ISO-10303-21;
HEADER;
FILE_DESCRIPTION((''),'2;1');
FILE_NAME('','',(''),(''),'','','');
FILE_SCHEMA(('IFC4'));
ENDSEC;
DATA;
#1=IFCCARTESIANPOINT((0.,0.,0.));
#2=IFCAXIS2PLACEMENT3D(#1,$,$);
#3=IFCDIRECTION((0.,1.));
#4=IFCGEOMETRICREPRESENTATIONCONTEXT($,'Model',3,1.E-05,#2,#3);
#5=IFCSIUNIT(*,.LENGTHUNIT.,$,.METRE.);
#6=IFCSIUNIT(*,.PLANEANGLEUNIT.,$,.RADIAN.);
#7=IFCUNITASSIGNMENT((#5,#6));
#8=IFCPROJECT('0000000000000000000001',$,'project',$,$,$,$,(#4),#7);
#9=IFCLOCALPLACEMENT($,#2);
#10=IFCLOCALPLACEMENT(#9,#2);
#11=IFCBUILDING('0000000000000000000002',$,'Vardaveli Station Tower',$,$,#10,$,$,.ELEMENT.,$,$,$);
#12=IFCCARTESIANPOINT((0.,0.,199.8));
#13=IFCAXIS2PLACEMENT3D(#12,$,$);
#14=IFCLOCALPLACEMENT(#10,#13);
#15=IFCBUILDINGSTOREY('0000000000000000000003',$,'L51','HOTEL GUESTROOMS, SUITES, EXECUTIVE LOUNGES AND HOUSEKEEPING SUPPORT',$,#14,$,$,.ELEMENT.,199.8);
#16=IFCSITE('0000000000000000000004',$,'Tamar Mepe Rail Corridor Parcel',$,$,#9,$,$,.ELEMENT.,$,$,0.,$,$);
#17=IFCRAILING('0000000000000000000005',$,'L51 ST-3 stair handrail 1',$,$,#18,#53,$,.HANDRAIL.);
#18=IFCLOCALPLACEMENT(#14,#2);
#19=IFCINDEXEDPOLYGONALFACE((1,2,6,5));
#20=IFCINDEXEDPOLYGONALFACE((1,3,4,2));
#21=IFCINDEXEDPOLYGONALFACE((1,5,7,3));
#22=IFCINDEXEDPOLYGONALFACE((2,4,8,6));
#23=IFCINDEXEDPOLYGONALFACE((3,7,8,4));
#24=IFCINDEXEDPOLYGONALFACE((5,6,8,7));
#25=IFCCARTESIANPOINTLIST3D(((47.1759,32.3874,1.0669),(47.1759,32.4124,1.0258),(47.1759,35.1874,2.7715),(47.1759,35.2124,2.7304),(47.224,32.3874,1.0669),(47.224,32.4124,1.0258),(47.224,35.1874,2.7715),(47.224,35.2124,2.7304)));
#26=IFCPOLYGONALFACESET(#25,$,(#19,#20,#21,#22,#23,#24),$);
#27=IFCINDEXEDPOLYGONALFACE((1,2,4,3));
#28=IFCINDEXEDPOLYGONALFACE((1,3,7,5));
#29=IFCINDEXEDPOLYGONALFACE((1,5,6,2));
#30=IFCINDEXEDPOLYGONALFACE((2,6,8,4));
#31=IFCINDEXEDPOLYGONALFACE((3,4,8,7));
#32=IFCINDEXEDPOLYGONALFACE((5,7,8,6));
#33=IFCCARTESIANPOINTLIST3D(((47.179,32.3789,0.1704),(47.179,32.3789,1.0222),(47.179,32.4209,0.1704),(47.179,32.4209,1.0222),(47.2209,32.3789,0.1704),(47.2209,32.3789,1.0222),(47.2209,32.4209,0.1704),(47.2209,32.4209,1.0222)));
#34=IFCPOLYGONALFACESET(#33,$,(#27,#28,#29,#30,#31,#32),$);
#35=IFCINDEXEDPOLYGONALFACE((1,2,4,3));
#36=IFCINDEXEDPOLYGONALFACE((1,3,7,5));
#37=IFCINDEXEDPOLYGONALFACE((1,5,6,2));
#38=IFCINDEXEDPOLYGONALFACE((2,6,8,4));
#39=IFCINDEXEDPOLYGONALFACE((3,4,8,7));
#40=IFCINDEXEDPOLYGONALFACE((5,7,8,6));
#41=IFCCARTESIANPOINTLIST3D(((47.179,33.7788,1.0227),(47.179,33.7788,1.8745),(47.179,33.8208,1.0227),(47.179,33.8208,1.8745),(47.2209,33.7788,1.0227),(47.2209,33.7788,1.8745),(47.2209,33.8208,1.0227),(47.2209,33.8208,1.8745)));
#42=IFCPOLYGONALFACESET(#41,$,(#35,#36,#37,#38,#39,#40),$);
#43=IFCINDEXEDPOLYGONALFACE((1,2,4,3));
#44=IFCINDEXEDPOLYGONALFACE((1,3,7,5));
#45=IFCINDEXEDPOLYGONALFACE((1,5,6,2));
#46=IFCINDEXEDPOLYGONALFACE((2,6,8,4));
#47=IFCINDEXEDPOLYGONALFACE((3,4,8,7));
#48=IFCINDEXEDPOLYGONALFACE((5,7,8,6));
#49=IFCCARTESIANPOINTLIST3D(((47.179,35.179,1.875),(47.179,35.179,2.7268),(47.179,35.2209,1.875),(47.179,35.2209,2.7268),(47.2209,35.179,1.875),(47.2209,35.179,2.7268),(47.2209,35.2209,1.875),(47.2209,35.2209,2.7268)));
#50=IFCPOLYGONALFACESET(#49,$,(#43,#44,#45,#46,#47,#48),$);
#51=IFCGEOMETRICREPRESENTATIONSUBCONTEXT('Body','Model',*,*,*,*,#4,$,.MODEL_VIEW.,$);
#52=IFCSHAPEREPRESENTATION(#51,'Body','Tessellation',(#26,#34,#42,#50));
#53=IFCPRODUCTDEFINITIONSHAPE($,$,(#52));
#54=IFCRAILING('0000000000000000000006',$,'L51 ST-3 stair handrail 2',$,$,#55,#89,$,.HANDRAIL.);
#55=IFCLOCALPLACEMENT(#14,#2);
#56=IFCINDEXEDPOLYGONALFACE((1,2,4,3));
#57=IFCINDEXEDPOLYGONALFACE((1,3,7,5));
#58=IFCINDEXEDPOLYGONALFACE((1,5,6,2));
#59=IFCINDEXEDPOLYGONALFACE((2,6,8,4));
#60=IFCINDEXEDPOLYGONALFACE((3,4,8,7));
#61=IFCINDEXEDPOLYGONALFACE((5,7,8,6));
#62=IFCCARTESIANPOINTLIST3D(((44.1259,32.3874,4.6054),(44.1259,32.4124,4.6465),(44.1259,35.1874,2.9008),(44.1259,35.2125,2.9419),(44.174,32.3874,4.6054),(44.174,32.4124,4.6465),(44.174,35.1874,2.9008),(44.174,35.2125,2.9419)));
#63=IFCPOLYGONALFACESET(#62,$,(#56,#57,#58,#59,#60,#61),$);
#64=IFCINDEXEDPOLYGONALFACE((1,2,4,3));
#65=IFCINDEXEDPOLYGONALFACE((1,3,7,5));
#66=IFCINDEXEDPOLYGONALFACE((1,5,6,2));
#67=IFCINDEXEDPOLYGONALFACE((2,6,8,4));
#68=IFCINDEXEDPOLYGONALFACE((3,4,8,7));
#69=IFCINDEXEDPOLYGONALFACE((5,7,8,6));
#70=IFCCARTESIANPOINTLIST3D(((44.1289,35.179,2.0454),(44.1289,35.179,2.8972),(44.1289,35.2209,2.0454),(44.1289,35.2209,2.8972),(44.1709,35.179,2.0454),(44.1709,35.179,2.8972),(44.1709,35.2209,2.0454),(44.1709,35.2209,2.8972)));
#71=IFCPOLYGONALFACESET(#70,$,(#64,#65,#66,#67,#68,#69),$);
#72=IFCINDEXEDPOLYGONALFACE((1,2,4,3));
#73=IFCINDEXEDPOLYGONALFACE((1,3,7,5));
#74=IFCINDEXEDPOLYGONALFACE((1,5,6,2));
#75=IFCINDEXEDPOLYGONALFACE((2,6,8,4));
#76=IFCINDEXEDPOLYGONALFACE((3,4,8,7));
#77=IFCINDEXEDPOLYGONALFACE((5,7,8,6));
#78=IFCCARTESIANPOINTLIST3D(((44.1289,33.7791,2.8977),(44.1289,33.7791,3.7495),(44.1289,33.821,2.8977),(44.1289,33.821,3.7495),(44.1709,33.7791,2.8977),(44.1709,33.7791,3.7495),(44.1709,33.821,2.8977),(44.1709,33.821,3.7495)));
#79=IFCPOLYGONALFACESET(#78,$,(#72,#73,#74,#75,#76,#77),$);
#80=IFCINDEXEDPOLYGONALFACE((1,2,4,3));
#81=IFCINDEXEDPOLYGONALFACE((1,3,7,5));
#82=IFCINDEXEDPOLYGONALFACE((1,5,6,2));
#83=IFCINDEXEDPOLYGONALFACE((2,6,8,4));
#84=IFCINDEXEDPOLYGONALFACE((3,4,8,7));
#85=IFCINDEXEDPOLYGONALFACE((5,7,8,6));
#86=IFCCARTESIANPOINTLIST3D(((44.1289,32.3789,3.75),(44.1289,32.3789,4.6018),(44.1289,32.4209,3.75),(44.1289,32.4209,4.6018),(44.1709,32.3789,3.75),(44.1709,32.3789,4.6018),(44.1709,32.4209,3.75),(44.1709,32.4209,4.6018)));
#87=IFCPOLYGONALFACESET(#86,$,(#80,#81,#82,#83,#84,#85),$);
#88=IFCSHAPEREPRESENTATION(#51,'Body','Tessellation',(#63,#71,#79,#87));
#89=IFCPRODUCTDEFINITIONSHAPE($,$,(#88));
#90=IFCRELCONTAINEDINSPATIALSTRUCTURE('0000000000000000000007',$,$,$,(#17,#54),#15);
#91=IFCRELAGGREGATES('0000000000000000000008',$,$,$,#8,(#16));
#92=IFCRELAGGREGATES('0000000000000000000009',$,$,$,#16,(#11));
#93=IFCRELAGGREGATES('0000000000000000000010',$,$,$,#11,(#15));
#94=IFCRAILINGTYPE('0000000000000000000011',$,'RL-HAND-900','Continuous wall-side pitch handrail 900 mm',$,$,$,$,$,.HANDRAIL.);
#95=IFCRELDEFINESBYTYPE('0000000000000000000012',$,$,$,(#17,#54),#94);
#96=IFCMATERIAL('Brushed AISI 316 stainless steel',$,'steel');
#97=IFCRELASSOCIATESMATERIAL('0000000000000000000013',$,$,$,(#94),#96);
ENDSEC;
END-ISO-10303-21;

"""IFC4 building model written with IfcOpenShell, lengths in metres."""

from ifc_helpers import new_model, si_unit, direction, frame, origin, origin_2d, place, context, subcontext, project, spatial, rectangle, extrude, source, transform, mapped, material, type_object, element, save


model = new_model("IFC4")

# Units and contexts
model_context = context("Model", 3, precision=1e-05, world=origin(), true_north=direction((0.0, 1.0)))
body_context = subcontext(model_context, "Body", "Model", "MODEL_VIEW")
ifc_project = project(units=[si_unit("LENGTHUNIT", "METRE"), si_unit("PLANEANGLEUNIT", "RADIAN")], contexts=[model_context])

# Site, building, storey
site_placement = place(None, origin())
site = spatial("IfcSite", under=ifc_project, at=site_placement, Name="Tamar Mepe Rail Corridor Parcel", CompositionType="ELEMENT", RefElevation=0.0)
building_placement = place(site_placement, origin())
building = spatial("IfcBuilding", under=site, at=building_placement, Name="Vardaveli Station Tower", CompositionType="ELEMENT")
storey_placement = place(building_placement, frame((0.0, 0.0, 199.8)))
storey = spatial("IfcBuildingStorey", under=building, at=storey_placement, Name="L51", Description="HOTEL GUESTROOMS, SUITES, EXECUTIVE LOUNGES AND HOUSEKEEPING SUPPORT", CompositionType="ELEMENT", Elevation=199.8)

# Railings
ifc_material_1 = material(Name="Brushed AISI 316 stainless steel", Category="steel")
railing_type_1 = type_object("IfcRailingType", Name="RL-HAND-900", Description="Continuous wall-side pitch handrail 900 mm", PredefinedType="HANDRAIL", material=ifc_material_1)
shared_shape_1 = source(origin(), body_context, "Body", "SweptSolid", [
    extrude(rectangle(XDim=0.0481, YDim=0.0481, at=origin_2d()), frame((0.0, 0.0, 0.876), z_axis=(0.0, 0.85417, 0.519994), x_axis=(-1.0, 0.0, 0.0)), (0.0, 0.0, 1.0), 3.2781),
    extrude(rectangle(XDim=0.042, YDim=0.042, at=origin_2d()), origin(), (0.0, 0.0, 1.0), 0.8518),
    extrude(rectangle(XDim=0.042, YDim=0.042, at=origin_2d()), frame((0.0, 1.3999, 0.8523)), (0.0, 0.0, 1.0), 0.8518),
    extrude(rectangle(XDim=0.042, YDim=0.042, at=origin_2d()), frame((0.0, 2.8, 1.7046)), (0.0, 0.0, 1.0), 0.8518),
])
railing_1_placement = place(storey_placement, frame((47.2, 32.3999, 0.1704)))
element("IfcRailing", 1, at=railing_1_placement, inside=storey, type_object=railing_type_1, Name="L51 ST-3 stair handrail 1", PredefinedType="HANDRAIL", context=body_context, shape_type="MappedRepresentation", body=[
    mapped(shared_shape_1, transform((0.0, 0.0, 0.0), scale=1.0)),
])
shared_shape_2 = source(origin(), body_context, "Body", "SweptSolid", [
    extrude(rectangle(XDim=0.0481, YDim=0.0481, at=origin_2d()), frame((0.0, 0.0, 0.876), z_axis=(0.0, -0.85417, 0.519994), x_axis=(1.0, 0.0, 0.0)), (0.0, 0.0, 1.0), 3.2781),
    extrude(rectangle(XDim=0.042, YDim=0.042, at=origin_2d()), origin(), (0.0, 0.0, 1.0), 0.8518),
    extrude(rectangle(XDim=0.042, YDim=0.042, at=origin_2d()), frame((0.0, -1.3999, 0.8523)), (0.0, 0.0, 1.0), 0.8518),
    extrude(rectangle(XDim=0.042, YDim=0.042, at=origin_2d()), frame((0.0, -2.8, 1.7046)), (0.0, 0.0, 1.0), 0.8518),
])
railing_2_placement = place(storey_placement, frame((44.1499, 35.2, 2.0454)))
element("IfcRailing", 2, at=railing_2_placement, inside=storey, type_object=railing_type_1, Name="L51 ST-3 stair handrail 2", PredefinedType="HANDRAIL", context=body_context, shape_type="MappedRepresentation", body=[
    mapped(shared_shape_2, transform((0.0, 0.0, 0.0), scale=1.0)),
])

save(model, "model.ifc")
